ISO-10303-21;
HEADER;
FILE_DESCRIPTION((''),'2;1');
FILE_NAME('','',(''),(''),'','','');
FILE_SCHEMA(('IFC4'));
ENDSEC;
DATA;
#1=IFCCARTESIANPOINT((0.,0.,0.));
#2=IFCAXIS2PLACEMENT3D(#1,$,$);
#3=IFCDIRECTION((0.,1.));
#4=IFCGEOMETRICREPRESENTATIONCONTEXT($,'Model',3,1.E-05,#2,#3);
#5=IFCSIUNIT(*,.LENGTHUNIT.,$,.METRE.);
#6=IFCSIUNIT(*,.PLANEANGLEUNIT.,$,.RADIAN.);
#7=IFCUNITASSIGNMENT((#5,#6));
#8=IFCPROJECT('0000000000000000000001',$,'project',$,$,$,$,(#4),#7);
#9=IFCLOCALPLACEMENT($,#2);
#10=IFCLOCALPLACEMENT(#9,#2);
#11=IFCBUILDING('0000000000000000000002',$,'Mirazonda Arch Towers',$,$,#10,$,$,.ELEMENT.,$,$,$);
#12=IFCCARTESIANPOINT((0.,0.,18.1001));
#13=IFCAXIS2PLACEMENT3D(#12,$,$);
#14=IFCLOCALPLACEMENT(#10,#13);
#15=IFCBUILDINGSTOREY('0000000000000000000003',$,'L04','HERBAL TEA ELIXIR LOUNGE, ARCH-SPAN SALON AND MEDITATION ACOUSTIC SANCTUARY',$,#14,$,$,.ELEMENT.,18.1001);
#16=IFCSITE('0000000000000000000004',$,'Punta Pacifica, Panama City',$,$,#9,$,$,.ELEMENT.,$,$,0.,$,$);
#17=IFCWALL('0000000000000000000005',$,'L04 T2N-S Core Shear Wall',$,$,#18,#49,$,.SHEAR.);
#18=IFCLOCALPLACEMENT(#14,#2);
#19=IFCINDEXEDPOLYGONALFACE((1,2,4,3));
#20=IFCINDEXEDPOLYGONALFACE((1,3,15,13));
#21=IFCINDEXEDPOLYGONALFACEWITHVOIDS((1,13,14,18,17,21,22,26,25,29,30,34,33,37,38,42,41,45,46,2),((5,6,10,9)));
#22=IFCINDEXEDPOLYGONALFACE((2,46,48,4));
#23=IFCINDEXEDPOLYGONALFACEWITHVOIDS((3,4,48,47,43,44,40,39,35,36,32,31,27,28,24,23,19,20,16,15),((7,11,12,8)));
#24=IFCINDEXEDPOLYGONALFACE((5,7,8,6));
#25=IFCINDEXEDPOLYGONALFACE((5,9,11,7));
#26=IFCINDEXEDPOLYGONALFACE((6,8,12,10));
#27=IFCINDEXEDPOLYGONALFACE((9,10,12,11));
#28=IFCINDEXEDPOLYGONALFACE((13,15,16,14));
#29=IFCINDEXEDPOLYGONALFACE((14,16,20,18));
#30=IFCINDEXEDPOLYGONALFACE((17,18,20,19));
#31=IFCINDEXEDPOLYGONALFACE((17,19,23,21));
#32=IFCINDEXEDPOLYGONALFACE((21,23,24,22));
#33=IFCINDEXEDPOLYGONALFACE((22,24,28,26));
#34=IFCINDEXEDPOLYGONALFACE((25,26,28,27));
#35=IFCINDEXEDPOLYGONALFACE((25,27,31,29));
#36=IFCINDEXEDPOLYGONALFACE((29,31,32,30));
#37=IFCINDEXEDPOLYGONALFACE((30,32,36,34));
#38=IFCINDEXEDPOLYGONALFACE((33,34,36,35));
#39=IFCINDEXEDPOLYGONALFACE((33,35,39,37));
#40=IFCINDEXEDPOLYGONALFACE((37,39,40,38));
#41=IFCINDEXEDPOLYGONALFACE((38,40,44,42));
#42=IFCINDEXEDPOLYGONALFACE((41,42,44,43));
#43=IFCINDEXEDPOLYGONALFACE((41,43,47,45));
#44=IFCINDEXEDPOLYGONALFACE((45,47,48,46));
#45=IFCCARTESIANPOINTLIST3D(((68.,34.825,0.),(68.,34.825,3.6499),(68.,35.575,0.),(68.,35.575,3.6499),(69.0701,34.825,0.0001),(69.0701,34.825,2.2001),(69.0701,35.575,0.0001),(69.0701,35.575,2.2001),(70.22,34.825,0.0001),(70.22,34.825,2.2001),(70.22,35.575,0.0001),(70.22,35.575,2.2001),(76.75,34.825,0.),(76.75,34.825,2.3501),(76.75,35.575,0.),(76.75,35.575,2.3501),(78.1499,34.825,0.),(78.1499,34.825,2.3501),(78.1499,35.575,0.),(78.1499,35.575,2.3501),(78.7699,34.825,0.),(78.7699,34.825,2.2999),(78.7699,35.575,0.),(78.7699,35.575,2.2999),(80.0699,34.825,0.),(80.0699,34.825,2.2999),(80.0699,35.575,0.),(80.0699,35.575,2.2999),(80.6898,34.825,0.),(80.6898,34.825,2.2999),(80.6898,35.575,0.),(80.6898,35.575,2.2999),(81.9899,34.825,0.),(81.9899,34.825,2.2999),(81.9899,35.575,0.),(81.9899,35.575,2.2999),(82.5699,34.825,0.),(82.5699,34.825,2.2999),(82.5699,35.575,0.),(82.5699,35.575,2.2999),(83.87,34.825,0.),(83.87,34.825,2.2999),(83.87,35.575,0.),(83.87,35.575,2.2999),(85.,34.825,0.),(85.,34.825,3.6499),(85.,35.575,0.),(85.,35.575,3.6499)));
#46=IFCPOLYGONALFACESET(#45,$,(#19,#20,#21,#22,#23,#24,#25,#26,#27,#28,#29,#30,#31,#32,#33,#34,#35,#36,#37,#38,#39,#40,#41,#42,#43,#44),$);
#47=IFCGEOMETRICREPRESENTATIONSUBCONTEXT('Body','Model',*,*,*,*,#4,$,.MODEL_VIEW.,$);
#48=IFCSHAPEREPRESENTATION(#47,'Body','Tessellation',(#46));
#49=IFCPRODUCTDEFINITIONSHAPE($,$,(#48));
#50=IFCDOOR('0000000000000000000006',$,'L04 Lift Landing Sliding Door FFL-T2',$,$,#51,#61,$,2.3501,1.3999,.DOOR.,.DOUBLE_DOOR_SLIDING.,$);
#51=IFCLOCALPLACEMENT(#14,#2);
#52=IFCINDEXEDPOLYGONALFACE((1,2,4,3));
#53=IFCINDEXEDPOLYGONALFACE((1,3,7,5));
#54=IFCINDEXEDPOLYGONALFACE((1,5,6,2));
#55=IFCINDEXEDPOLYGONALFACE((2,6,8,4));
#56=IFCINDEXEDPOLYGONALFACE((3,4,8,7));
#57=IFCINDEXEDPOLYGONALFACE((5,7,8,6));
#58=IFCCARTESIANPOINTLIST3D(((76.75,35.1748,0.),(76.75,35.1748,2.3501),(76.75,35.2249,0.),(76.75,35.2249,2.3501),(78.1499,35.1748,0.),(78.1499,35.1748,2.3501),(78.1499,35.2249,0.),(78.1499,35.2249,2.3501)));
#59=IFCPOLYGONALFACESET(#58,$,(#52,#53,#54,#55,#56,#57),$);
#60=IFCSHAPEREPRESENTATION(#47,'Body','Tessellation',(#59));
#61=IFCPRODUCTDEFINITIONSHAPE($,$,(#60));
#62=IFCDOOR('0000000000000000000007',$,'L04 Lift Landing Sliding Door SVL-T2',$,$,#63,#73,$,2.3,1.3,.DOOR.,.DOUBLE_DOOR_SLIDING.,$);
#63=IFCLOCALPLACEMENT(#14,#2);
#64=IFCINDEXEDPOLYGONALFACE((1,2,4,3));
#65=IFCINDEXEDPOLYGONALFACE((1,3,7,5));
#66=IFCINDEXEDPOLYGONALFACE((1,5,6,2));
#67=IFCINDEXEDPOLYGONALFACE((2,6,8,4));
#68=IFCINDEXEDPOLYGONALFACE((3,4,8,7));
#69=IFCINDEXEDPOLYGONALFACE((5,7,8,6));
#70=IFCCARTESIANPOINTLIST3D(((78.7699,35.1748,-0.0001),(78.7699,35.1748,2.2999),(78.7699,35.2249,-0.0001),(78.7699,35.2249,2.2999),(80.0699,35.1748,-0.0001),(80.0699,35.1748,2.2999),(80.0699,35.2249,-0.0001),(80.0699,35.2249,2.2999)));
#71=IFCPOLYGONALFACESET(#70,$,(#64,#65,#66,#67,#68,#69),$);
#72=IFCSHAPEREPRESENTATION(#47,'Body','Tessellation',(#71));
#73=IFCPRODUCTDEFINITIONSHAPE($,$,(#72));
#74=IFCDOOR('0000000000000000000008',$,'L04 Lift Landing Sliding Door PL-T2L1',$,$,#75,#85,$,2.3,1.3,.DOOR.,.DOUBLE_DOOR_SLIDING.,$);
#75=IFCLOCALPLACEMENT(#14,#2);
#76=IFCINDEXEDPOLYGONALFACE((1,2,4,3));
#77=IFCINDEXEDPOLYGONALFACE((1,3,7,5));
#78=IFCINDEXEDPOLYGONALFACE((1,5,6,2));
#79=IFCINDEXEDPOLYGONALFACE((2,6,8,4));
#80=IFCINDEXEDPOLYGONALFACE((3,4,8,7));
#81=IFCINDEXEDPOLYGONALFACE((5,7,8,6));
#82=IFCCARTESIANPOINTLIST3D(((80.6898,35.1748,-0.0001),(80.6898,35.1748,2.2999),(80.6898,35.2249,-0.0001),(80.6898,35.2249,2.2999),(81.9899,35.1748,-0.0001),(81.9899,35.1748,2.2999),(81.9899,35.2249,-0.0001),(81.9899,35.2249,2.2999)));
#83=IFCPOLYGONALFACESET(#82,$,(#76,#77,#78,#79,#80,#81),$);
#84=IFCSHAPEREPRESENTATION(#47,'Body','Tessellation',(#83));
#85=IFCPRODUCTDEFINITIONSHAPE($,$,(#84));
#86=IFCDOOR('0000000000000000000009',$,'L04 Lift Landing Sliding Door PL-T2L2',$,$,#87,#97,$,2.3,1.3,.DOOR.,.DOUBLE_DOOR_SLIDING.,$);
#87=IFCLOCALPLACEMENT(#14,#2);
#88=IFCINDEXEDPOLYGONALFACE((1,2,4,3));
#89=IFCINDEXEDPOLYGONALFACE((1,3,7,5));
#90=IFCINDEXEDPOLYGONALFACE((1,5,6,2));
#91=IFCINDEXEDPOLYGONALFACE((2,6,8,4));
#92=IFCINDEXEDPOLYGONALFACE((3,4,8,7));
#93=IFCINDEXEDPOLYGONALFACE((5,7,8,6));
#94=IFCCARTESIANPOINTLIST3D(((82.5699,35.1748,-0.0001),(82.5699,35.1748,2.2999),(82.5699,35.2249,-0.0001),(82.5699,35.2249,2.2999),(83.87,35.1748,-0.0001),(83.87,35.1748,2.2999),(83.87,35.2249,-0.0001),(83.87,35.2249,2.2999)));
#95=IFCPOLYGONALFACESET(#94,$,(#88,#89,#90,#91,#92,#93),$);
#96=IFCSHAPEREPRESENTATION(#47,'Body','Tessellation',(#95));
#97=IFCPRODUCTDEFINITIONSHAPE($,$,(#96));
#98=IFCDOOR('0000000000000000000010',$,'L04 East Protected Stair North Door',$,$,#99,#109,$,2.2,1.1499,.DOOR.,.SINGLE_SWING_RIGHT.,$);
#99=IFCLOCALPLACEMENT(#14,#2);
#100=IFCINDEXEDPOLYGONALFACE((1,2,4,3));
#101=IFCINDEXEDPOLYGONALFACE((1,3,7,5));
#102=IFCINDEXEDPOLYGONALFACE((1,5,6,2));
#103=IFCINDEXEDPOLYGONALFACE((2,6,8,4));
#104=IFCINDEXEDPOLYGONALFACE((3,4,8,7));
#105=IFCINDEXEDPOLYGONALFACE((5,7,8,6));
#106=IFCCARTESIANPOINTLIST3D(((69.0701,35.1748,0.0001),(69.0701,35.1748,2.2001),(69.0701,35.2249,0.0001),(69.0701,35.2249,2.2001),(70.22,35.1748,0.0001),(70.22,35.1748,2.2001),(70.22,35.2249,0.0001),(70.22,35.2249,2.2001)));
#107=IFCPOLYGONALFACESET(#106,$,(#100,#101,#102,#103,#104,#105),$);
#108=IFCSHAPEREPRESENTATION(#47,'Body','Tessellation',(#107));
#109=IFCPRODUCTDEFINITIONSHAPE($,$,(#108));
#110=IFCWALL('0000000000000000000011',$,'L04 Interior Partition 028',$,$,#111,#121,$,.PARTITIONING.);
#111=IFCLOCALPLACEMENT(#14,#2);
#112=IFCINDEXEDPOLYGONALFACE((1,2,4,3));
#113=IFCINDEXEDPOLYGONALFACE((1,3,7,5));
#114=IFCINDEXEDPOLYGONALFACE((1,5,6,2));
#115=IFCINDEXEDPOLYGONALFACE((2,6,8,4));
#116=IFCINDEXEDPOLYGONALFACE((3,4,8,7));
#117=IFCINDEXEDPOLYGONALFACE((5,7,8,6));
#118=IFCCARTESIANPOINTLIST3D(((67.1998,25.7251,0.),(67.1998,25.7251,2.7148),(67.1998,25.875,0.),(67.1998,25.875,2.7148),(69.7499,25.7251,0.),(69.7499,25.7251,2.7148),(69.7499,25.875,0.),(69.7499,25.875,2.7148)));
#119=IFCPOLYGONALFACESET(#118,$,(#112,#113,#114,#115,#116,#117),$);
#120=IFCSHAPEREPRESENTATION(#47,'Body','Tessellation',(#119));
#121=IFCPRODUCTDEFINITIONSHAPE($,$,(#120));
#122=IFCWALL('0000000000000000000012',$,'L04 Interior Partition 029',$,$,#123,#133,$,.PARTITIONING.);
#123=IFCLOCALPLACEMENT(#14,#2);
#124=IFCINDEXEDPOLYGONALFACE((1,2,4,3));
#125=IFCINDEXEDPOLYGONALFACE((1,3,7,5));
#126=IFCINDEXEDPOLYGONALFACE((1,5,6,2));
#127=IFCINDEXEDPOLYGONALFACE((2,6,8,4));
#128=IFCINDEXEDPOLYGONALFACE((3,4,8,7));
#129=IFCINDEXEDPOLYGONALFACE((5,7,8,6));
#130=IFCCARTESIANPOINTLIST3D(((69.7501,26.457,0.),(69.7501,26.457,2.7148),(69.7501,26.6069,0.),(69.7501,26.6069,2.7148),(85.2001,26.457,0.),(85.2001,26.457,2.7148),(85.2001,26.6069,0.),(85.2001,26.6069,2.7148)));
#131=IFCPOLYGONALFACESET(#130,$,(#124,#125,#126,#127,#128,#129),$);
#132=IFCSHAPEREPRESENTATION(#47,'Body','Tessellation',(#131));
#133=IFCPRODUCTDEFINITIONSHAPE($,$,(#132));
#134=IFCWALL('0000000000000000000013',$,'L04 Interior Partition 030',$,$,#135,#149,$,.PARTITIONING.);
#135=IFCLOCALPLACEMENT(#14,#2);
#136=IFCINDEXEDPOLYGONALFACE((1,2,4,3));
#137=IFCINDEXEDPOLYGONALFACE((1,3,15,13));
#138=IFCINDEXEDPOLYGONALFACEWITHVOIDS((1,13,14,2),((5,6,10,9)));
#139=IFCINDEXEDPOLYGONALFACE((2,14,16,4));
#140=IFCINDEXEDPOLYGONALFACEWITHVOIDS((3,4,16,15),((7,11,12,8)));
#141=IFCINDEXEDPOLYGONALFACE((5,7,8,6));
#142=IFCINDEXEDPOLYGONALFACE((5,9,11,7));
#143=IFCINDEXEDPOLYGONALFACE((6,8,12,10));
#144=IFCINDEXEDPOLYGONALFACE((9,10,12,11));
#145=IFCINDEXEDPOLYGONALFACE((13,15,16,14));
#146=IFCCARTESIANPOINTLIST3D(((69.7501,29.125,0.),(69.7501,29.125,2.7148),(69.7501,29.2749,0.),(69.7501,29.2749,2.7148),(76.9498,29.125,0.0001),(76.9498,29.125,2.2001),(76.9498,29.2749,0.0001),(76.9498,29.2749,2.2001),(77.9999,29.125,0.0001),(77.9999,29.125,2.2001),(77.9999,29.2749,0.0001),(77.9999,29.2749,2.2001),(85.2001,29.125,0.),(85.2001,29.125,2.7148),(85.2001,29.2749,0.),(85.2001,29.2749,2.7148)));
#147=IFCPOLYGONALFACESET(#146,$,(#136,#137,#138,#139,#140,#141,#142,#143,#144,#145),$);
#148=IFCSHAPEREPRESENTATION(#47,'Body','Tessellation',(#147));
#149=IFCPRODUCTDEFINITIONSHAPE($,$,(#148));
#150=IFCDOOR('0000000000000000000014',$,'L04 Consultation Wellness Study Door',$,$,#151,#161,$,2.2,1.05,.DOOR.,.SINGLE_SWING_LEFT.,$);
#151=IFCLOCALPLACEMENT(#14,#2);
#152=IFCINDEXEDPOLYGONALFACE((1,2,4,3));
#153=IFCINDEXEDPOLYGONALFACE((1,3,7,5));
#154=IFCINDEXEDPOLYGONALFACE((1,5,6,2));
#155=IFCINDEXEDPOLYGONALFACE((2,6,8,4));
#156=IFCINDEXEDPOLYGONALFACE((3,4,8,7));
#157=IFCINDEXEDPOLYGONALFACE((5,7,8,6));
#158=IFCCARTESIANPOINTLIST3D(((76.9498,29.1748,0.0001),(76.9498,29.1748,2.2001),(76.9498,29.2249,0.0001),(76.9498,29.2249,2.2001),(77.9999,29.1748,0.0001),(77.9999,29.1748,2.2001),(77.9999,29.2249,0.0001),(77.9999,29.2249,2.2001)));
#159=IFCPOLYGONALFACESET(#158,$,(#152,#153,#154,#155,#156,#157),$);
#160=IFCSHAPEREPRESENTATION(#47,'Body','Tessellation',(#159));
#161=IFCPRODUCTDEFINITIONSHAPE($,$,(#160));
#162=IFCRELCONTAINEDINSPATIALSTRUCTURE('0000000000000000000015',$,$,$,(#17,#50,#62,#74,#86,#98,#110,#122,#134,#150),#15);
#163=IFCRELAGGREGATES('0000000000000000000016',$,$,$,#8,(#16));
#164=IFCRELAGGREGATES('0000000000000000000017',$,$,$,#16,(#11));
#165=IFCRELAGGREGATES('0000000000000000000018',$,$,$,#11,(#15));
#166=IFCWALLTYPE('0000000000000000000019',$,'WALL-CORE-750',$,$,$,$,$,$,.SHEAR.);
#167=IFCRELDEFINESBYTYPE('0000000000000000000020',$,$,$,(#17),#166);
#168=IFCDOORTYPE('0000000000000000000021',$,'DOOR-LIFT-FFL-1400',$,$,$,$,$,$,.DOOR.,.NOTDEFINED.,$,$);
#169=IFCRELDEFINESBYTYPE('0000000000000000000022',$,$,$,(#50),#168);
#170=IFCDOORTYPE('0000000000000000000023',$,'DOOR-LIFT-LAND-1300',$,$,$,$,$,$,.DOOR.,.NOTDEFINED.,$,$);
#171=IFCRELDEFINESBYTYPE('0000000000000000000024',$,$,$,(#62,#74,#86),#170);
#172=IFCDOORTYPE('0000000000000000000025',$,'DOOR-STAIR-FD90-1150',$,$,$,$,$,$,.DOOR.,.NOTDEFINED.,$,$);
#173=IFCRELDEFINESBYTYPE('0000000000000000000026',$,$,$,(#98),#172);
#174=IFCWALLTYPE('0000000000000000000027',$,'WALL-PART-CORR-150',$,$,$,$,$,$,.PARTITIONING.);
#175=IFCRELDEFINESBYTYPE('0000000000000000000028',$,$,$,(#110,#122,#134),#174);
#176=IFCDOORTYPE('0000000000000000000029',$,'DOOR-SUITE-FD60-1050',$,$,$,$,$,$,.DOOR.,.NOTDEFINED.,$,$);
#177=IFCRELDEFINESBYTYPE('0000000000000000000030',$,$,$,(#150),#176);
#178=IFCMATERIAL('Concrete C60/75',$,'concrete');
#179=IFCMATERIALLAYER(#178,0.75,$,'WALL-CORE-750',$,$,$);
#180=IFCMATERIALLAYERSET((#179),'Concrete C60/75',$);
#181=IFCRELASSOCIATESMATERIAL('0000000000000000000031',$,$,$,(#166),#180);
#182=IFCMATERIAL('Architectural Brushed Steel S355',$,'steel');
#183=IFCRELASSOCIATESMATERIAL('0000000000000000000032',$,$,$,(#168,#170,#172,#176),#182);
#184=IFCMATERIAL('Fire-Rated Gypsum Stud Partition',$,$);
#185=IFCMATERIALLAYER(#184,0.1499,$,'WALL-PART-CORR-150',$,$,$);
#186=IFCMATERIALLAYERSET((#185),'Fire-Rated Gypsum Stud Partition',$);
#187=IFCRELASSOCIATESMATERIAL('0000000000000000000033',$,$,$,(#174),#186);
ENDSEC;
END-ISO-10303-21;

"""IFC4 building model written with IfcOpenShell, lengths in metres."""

from ifc_helpers import new_model, si_unit, direction, frame, frame_2d, origin, place, context, subcontext, project, spatial, rectangle, extrude, material, layer, layer_set, type_object, element, fill, save


model = new_model("IFC4")

# Units and contexts
model_context = context("Model", 3, precision=1e-05, world=origin(), true_north=direction((0.0, 1.0)))
body_context = subcontext(model_context, "Body", "Model", "MODEL_VIEW")
ifc_project = project(units=[si_unit("LENGTHUNIT", "METRE"), si_unit("PLANEANGLEUNIT", "RADIAN")], contexts=[model_context])

# Site, building, storey
site_placement = place(None, origin())
site = spatial("IfcSite", under=ifc_project, at=site_placement, Name="Punta Pacifica, Panama City", CompositionType="ELEMENT", RefElevation=0.0)
building_placement = place(site_placement, origin())
building = spatial("IfcBuilding", under=site, at=building_placement, Name="Mirazonda Arch Towers", CompositionType="ELEMENT")
storey_placement = place(building_placement, frame((0.0, 0.0, 18.1001)))
storey = spatial("IfcBuildingStorey", under=building, at=storey_placement, Name="L04", Description="HERBAL TEA ELIXIR LOUNGE, ARCH-SPAN SALON AND MEDITATION ACOUSTIC SANCTUARY", CompositionType="ELEMENT", Elevation=18.1001)

# Shared definitions
ifc_material_1 = material(Name="Concrete C60/75", Category="concrete")

# Shared definitions
ifc_layer_1 = layer(ifc_material_1, 0.75, Name="WALL-CORE-750")
ifc_layer_set_1 = layer_set([ifc_layer_1], Name="Concrete C60/75")
wall_type_1 = type_object("IfcWallType", Name="WALL-CORE-750", PredefinedType="SHEAR", material=ifc_layer_set_1)

# Wall, openings, doors
wall_1_placement = place(storey_placement, frame((68.0, 35.2, 0.0), z_axis=(0.0, 0.0, 1.0), x_axis=(1.0, 0.0, 0.0)))
wall_1 = element("IfcWall", 1, at=wall_1_placement, inside=storey, type_object=wall_type_1, Name="L04 T2N-S Core Shear Wall", PredefinedType="SHEAR", context=body_context, shape_type="SweptSolid", body=[
    extrude(rectangle(XDim=17.0, YDim=0.75, at=frame_2d((8.5, 0.0))), origin(), (0.0, 0.0, 1.0), 3.6499),
])
opening_1_placement = place(wall_1_placement, frame((1.0701, 0.0, 0.0)))
opening_1 = element("IfcOpeningElement", 2, at=opening_1_placement, cuts=wall_1, PredefinedType="OPENING", context=body_context, shape_type="SweptSolid", body=[
    extrude(rectangle(XDim=1.1499, YDim=2.2, at=frame_2d((0.575, 1.1001))), frame((0.0, 0.385, 0.0), z_axis=(0.0, -1.0, 0.0), x_axis=(1.0, 0.0, 0.0)), (0.0, 0.0, 1.0), 0.77),
])
opening_2_placement = place(wall_1_placement, frame((8.75, 0.0, 0.0)))
opening_2 = element("IfcOpeningElement", 3, at=opening_2_placement, cuts=wall_1, PredefinedType="OPENING", context=body_context, shape_type="SweptSolid", body=[
    extrude(rectangle(XDim=1.3999, YDim=2.3501, at=frame_2d((0.7, 1.175))), frame((0.0, 0.385, 0.0), z_axis=(0.0, -1.0, 0.0), x_axis=(1.0, 0.0, 0.0)), (0.0, 0.0, 1.0), 0.77),
])
opening_3_placement = place(wall_1_placement, frame((10.77, 0.0, 0.0)))
opening_3 = element("IfcOpeningElement", 4, at=opening_3_placement, cuts=wall_1, PredefinedType="OPENING", context=body_context, shape_type="SweptSolid", body=[
    extrude(rectangle(XDim=1.3, YDim=2.3, at=frame_2d((0.6499, 1.1499))), frame((0.0, 0.385, 0.0), z_axis=(0.0, -1.0, 0.0), x_axis=(1.0, 0.0, 0.0)), (0.0, 0.0, 1.0), 0.77),
])
opening_4_placement = place(wall_1_placement, frame((12.6899, 0.0, 0.0)))
opening_4 = element("IfcOpeningElement", 5, at=opening_4_placement, cuts=wall_1, PredefinedType="OPENING", context=body_context, shape_type="SweptSolid", body=[
    extrude(rectangle(XDim=1.3, YDim=2.3, at=frame_2d((0.6499, 1.1499))), frame((0.0, 0.385, 0.0), z_axis=(0.0, -1.0, 0.0), x_axis=(1.0, 0.0, 0.0)), (0.0, 0.0, 1.0), 0.77),
])
opening_5_placement = place(wall_1_placement, frame((14.5701, 0.0, 0.0)))
opening_5 = element("IfcOpeningElement", 6, at=opening_5_placement, cuts=wall_1, PredefinedType="OPENING", context=body_context, shape_type="SweptSolid", body=[
    extrude(rectangle(XDim=1.3, YDim=2.3, at=frame_2d((0.6499, 1.1499))), frame((0.0, 0.385, 0.0), z_axis=(0.0, -1.0, 0.0), x_axis=(1.0, 0.0, 0.0)), (0.0, 0.0, 1.0), 0.77),
])
ifc_material_2 = material(Name="Architectural Brushed Steel S355", Category="steel")
door_type_1 = type_object("IfcDoorType", Name="DOOR-LIFT-FFL-1400", OperationType="NOTDEFINED", PredefinedType="DOOR", material=ifc_material_2)
door_1_placement = place(opening_2_placement, origin())
door_1 = element("IfcDoor", 7, at=door_1_placement, inside=storey, type_object=door_type_1, Name="L04 Lift Landing Sliding Door FFL-T2", OperationType="DOUBLE_DOOR_SLIDING", OverallHeight=2.3501, OverallWidth=1.3999, PredefinedType="DOOR", context=body_context, shape_type="SweptSolid", body=[
    extrude(rectangle(XDim=1.3999, YDim=2.3501, at=frame_2d((0.7, 1.175))), frame((0.0, 0.0249, 0.0), z_axis=(0.0, -1.0, 0.0), x_axis=(1.0, 0.0, 0.0)), (0.0, 0.0, 1.0), 0.05),
])
fill(opening_2, door_1)
door_type_2 = type_object("IfcDoorType", Name="DOOR-LIFT-LAND-1300", OperationType="NOTDEFINED", PredefinedType="DOOR", material=ifc_material_2)
door_2_placement = place(opening_3_placement, origin())
door_2 = element("IfcDoor", 8, at=door_2_placement, inside=storey, type_object=door_type_2, Name="L04 Lift Landing Sliding Door SVL-T2", OperationType="DOUBLE_DOOR_SLIDING", OverallHeight=2.3, OverallWidth=1.3, PredefinedType="DOOR", context=body_context, shape_type="SweptSolid", body=[
    extrude(rectangle(XDim=1.3, YDim=2.3, at=frame_2d((0.6499, 1.1499))), frame((0.0, 0.0249, 0.0), z_axis=(0.0, -1.0, 0.0), x_axis=(1.0, 0.0, 0.0)), (0.0, 0.0, 1.0), 0.05),
])
fill(opening_3, door_2)
door_3_placement = place(opening_4_placement, origin())
door_3 = element("IfcDoor", 9, at=door_3_placement, inside=storey, type_object=door_type_2, Name="L04 Lift Landing Sliding Door PL-T2L1", OperationType="DOUBLE_DOOR_SLIDING", OverallHeight=2.3, OverallWidth=1.3, PredefinedType="DOOR", context=body_context, shape_type="SweptSolid", body=[
    extrude(rectangle(XDim=1.3, YDim=2.3, at=frame_2d((0.6499, 1.1499))), frame((0.0, 0.0249, 0.0), z_axis=(0.0, -1.0, 0.0), x_axis=(1.0, 0.0, 0.0)), (0.0, 0.0, 1.0), 0.05),
])
fill(opening_4, door_3)
door_4_placement = place(opening_5_placement, origin())
door_4 = element("IfcDoor", 10, at=door_4_placement, inside=storey, type_object=door_type_2, Name="L04 Lift Landing Sliding Door PL-T2L2", OperationType="DOUBLE_DOOR_SLIDING", OverallHeight=2.3, OverallWidth=1.3, PredefinedType="DOOR", context=body_context, shape_type="SweptSolid", body=[
    extrude(rectangle(XDim=1.3, YDim=2.3, at=frame_2d((0.6499, 1.1499))), frame((0.0, 0.0249, 0.0), z_axis=(0.0, -1.0, 0.0), x_axis=(1.0, 0.0, 0.0)), (0.0, 0.0, 1.0), 0.05),
])
fill(opening_5, door_4)
door_type_3 = type_object("IfcDoorType", Name="DOOR-STAIR-FD90-1150", OperationType="NOTDEFINED", PredefinedType="DOOR", material=ifc_material_2)
door_5_placement = place(opening_1_placement, origin())
door_5 = element("IfcDoor", 11, at=door_5_placement, inside=storey, type_object=door_type_3, Name="L04 East Protected Stair North Door", OperationType="SINGLE_SWING_RIGHT", OverallHeight=2.2, OverallWidth=1.1499, PredefinedType="DOOR", context=body_context, shape_type="SweptSolid", body=[
    extrude(rectangle(XDim=1.1499, YDim=2.2, at=frame_2d((0.575, 1.1001))), frame((0.0, 0.0249, 0.0), z_axis=(0.0, -1.0, 0.0), x_axis=(1.0, 0.0, 0.0)), (0.0, 0.0, 1.0), 0.05),
])
fill(opening_1, door_5)

# Walls
ifc_material_3 = material(Name="Fire-Rated Gypsum Stud Partition")
ifc_layer_2 = layer(ifc_material_3, 0.1499, Name="WALL-PART-CORR-150")
ifc_layer_set_2 = layer_set([ifc_layer_2], Name="Fire-Rated Gypsum Stud Partition")
wall_type_2 = type_object("IfcWallType", Name="WALL-PART-CORR-150", PredefinedType="PARTITIONING", material=ifc_layer_set_2)
wall_2_placement = place(storey_placement, frame((67.2, 25.8, 0.0), z_axis=(0.0, 0.0, 1.0), x_axis=(1.0, 0.0, 0.0)))
element("IfcWall", 12, at=wall_2_placement, inside=storey, type_object=wall_type_2, Name="L04 Interior Partition 028", PredefinedType="PARTITIONING", context=body_context, shape_type="SweptSolid", body=[
    extrude(rectangle(XDim=2.55, YDim=0.1499, at=frame_2d((1.2749, 0.0))), origin(), (0.0, 0.0, 1.0), 2.7148),
])
wall_3_placement = place(storey_placement, frame((69.75, 26.532, 0.0), z_axis=(0.0, 0.0, 1.0), x_axis=(1.0, 0.0, 0.0)))
element("IfcWall", 13, at=wall_3_placement, inside=storey, type_object=wall_type_2, Name="L04 Interior Partition 029", PredefinedType="PARTITIONING", context=body_context, shape_type="SweptSolid", body=[
    extrude(rectangle(XDim=15.45, YDim=0.1499, at=frame_2d((7.7251, 0.0))), origin(), (0.0, 0.0, 1.0), 2.7148),
])

# Wall, opening, door
wall_4_placement = place(storey_placement, frame((69.75, 29.2, 0.0), z_axis=(0.0, 0.0, 1.0), x_axis=(1.0, 0.0, 0.0)))
wall_4 = element("IfcWall", 14, at=wall_4_placement, inside=storey, type_object=wall_type_2, Name="L04 Interior Partition 030", PredefinedType="PARTITIONING", context=body_context, shape_type="SweptSolid", body=[
    extrude(rectangle(XDim=15.45, YDim=0.1499, at=frame_2d((7.7251, 0.0))), origin(), (0.0, 0.0, 1.0), 2.7148),
])
opening_6_placement = place(wall_4_placement, frame((7.2, 0.0, 0.0)))
opening_6 = element("IfcOpeningElement", 15, at=opening_6_placement, cuts=wall_4, PredefinedType="OPENING", context=body_context, shape_type="SweptSolid", body=[
    extrude(rectangle(XDim=1.05, YDim=2.2, at=frame_2d((0.5249, 1.1001))), frame((0.0, 0.085, 0.0), z_axis=(0.0, -1.0, 0.0), x_axis=(1.0, 0.0, 0.0)), (0.0, 0.0, 1.0), 0.1699),
])
door_type_4 = type_object("IfcDoorType", Name="DOOR-SUITE-FD60-1050", OperationType="NOTDEFINED", PredefinedType="DOOR", material=ifc_material_2)
door_6_placement = place(opening_6_placement, origin())
door_6 = element("IfcDoor", 16, at=door_6_placement, inside=storey, type_object=door_type_4, Name="L04 Consultation Wellness Study Door", OperationType="SINGLE_SWING_LEFT", OverallHeight=2.2, OverallWidth=1.05, PredefinedType="DOOR", context=body_context, shape_type="SweptSolid", body=[
    extrude(rectangle(XDim=1.05, YDim=2.2, at=frame_2d((0.5249, 1.1001))), frame((0.0, 0.0249, 0.0), z_axis=(0.0, -1.0, 0.0), x_axis=(1.0, 0.0, 0.0)), (0.0, 0.0, 1.0), 0.05),
])
fill(opening_6, door_6)

save(model, "model.ifc")
